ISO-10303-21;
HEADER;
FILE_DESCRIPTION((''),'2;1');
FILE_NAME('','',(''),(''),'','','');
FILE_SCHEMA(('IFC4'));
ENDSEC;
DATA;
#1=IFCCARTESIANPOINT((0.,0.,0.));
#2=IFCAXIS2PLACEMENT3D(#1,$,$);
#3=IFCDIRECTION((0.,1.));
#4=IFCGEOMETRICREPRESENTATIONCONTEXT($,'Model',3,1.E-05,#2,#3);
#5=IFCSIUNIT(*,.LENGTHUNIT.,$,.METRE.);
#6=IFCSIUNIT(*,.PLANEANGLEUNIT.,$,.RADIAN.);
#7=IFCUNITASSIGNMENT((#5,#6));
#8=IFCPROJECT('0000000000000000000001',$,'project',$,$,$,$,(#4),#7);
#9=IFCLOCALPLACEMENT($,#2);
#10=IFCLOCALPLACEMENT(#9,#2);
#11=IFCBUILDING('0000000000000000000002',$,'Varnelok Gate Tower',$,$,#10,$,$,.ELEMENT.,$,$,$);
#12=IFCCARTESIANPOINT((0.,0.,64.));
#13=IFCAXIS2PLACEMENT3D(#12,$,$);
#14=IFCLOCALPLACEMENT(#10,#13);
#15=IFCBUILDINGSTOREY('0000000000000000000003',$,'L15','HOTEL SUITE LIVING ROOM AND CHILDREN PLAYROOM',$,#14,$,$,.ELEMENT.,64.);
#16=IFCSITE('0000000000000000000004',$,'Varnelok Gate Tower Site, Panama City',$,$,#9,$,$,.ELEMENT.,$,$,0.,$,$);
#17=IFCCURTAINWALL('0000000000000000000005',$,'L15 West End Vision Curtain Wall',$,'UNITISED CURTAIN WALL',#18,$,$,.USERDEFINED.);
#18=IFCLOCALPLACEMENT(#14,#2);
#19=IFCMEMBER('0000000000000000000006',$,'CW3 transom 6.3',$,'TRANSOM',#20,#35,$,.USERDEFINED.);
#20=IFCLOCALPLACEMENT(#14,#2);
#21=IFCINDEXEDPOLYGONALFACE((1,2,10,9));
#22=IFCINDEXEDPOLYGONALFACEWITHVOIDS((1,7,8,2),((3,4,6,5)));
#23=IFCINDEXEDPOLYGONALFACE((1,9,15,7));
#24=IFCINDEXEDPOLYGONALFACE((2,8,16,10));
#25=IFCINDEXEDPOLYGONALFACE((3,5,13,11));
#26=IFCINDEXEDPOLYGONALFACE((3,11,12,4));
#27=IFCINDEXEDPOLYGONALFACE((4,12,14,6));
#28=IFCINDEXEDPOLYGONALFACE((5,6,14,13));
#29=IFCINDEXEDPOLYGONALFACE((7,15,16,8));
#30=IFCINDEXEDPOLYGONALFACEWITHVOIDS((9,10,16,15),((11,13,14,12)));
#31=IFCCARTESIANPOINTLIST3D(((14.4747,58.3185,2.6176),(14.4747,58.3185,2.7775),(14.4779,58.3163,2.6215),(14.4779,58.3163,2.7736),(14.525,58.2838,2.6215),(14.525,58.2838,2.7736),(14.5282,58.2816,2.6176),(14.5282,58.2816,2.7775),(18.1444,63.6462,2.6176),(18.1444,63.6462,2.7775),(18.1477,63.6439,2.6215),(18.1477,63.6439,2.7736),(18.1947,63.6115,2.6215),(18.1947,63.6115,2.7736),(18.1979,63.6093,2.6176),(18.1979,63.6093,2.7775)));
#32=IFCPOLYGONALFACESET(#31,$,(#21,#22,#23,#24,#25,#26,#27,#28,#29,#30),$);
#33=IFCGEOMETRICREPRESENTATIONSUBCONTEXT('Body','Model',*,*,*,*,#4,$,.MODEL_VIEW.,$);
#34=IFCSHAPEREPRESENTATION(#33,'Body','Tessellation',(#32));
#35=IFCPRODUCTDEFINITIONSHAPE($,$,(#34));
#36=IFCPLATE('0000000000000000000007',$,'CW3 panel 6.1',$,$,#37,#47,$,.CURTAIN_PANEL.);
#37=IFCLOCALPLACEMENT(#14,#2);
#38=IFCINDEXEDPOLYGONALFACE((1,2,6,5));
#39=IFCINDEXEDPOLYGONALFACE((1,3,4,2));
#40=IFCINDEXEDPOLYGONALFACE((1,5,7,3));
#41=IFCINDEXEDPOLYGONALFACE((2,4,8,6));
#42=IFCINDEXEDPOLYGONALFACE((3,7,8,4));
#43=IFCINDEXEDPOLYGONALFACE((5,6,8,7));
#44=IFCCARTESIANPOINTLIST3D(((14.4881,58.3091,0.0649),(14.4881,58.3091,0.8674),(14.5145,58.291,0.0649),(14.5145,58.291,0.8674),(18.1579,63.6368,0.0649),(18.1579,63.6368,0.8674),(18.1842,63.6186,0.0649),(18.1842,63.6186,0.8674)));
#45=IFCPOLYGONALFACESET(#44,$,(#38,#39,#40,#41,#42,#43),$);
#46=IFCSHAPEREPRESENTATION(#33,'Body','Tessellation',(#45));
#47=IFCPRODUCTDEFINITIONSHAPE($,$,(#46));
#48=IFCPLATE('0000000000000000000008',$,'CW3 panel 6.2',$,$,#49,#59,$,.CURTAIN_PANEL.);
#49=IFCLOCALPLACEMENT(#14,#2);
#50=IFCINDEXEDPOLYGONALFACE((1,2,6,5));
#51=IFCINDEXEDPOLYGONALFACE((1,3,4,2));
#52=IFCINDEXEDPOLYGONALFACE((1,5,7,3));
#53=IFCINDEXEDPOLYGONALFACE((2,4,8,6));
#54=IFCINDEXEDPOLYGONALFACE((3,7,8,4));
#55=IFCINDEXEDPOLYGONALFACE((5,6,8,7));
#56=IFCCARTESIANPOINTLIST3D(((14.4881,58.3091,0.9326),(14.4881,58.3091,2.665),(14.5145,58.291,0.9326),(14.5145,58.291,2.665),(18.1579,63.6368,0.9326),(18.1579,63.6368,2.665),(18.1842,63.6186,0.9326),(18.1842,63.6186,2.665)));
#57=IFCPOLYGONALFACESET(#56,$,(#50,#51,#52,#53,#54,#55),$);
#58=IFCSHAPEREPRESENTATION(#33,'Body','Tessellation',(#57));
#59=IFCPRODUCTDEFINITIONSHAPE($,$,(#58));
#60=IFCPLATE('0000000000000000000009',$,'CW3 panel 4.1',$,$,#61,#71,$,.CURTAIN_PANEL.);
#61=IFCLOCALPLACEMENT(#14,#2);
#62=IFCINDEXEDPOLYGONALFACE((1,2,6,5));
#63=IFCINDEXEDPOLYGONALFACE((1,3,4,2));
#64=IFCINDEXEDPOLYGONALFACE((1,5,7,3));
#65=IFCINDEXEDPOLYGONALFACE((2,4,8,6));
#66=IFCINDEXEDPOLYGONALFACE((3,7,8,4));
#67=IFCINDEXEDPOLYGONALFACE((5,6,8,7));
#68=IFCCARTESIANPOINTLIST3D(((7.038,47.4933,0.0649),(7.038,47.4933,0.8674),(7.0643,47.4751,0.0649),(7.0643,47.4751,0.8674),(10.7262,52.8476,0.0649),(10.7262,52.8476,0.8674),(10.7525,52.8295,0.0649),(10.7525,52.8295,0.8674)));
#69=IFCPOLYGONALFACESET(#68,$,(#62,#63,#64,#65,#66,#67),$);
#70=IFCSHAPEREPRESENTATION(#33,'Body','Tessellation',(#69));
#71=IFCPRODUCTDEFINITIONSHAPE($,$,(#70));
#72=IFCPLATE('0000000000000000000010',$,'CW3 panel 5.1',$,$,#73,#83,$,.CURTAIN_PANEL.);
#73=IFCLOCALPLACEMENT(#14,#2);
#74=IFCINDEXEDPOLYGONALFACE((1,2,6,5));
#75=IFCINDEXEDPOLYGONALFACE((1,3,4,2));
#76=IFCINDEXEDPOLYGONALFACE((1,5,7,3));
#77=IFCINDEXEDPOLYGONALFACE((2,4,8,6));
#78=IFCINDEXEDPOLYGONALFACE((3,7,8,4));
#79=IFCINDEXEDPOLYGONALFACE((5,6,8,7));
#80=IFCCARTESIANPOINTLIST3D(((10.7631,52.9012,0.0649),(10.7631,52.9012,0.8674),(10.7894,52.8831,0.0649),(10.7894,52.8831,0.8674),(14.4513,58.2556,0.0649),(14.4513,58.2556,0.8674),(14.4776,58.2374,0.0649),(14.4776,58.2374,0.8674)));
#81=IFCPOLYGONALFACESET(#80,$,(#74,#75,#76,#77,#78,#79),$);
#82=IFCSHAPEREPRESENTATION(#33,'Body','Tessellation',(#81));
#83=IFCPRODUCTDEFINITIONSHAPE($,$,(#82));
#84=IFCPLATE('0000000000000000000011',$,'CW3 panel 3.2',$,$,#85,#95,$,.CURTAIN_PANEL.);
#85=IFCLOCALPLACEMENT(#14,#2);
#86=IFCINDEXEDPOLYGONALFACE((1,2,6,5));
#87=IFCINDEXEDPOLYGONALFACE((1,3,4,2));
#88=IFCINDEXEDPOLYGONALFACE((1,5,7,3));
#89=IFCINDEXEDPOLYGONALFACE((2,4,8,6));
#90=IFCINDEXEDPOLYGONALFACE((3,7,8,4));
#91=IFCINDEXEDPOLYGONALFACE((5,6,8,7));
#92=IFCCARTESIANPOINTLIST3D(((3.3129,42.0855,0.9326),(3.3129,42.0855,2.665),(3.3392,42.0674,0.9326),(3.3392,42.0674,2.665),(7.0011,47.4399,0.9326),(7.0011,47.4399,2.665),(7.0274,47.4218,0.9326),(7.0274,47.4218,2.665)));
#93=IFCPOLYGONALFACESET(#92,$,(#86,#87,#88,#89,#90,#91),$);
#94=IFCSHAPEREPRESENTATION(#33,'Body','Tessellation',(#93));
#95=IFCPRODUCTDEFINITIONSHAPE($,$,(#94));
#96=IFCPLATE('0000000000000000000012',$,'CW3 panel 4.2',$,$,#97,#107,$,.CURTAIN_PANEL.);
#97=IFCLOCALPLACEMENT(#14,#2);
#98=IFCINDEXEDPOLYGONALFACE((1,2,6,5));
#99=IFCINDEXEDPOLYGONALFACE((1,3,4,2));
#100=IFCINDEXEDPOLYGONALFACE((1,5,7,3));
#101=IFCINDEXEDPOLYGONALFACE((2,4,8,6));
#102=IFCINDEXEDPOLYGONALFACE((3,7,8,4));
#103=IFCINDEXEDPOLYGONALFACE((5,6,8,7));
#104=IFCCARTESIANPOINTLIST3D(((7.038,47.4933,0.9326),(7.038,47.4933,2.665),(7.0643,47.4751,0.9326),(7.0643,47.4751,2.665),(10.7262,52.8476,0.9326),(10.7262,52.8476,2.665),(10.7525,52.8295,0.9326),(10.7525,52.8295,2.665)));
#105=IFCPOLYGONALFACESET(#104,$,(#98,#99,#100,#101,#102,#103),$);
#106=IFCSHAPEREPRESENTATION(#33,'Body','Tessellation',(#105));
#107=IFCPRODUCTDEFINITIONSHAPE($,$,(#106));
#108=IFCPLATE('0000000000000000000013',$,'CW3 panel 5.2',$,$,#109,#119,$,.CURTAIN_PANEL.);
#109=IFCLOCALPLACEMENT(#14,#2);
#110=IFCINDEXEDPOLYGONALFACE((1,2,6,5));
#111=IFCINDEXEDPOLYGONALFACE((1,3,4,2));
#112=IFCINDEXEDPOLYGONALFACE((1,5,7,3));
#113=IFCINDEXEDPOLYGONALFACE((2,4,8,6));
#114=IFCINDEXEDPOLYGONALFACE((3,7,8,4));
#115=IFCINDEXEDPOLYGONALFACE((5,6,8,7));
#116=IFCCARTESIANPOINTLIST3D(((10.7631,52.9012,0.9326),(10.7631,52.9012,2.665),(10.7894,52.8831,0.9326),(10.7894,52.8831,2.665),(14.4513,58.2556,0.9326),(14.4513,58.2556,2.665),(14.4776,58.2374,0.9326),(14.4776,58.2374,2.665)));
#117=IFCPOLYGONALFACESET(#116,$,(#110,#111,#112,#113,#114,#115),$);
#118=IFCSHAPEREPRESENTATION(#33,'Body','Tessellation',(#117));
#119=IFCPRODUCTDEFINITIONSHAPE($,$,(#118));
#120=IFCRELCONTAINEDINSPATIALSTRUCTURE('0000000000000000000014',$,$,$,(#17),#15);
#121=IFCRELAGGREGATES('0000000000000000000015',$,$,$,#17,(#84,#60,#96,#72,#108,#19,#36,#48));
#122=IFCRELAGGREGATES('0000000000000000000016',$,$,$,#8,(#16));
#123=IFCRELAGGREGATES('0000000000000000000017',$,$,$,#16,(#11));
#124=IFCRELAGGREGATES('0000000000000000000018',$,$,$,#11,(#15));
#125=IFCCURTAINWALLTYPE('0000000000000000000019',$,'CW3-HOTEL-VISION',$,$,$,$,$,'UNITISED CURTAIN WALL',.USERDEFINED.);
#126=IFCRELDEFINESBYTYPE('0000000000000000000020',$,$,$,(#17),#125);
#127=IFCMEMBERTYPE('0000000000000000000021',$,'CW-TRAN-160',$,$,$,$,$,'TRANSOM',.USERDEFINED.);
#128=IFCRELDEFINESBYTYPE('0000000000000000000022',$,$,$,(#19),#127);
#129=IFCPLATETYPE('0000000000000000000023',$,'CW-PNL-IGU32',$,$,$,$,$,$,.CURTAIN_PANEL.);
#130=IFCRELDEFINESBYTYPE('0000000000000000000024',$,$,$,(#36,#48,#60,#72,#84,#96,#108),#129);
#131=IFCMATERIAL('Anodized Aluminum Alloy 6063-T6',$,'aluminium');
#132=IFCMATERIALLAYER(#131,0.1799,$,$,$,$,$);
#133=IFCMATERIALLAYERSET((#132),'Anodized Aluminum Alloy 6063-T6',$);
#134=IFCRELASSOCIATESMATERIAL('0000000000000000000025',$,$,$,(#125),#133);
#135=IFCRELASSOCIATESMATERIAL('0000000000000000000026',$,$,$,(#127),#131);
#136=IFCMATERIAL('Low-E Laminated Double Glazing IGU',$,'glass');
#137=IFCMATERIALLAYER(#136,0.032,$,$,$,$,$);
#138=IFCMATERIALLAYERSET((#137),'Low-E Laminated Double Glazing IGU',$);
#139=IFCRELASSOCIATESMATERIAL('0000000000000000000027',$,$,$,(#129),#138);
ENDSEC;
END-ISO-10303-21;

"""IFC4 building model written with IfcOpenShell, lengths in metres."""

from ifc_helpers import new_model, si_unit, direction, frame, origin, origin_2d, place, context, subcontext, project, spatial, rectangle, hollow_rectangle, extrude, source, transform, mapped, material, layer, layer_set, material_profile, profile_set, type_object, element, aggregate, save


model = new_model("IFC4")

# Units and contexts
model_context = context("Model", 3, precision=1e-05, world=origin(), true_north=direction((0.0, 1.0)))
body_context = subcontext(model_context, "Body", "Model", "MODEL_VIEW")
ifc_project = project(units=[si_unit("LENGTHUNIT", "METRE"), si_unit("PLANEANGLEUNIT", "RADIAN")], contexts=[model_context])

# Site, building, storey
site_placement = place(None, origin())
site = spatial("IfcSite", under=ifc_project, at=site_placement, Name="Varnelok Gate Tower Site, Panama City", CompositionType="ELEMENT", RefElevation=0.0)
building_placement = place(site_placement, origin())
building = spatial("IfcBuilding", under=site, at=building_placement, Name="Varnelok Gate Tower", CompositionType="ELEMENT")
storey_placement = place(building_placement, frame((0.0, 0.0, 64.0)))
storey = spatial("IfcBuildingStorey", under=building, at=storey_placement, Name="L15", Description="HOTEL SUITE LIVING ROOM AND CHILDREN PLAYROOM", CompositionType="ELEMENT", Elevation=64.0)

# Curtain wall, member, plates
ifc_material_1 = material(Name="Anodized Aluminum Alloy 6063-T6", Category="aluminium")
ifc_layer_1 = layer(ifc_material_1, 0.1799)
ifc_layer_set_1 = layer_set([ifc_layer_1], Name="Anodized Aluminum Alloy 6063-T6")
curtain_wall_type = type_object("IfcCurtainWallType", Name="CW3-HOTEL-VISION", ElementType="UNITISED CURTAIN WALL", PredefinedType="USERDEFINED", material=ifc_layer_set_1)
curtain_wall_placement = place(storey_placement, origin())
curtain_wall = element("IfcCurtainWall", 1, at=curtain_wall_placement, inside=storey, type_object=curtain_wall_type, Name="L15 West End Vision Curtain Wall", ObjectType="UNITISED CURTAIN WALL", PredefinedType="USERDEFINED")
ifc_material_profile_1 = material_profile(ifc_material_1, hollow_rectangle(XDim=0.0649, YDim=0.1599, WallThickness=0.0039, at=origin_2d()), Name="ALU160X65X4")
ifc_profile_set_1 = profile_set([ifc_material_profile_1], Name="Anodized Aluminum Alloy 6063-T6")
member_type_1 = type_object("IfcMemberType", Name="CW-TRAN-160", ElementType="TRANSOM", PredefinedType="USERDEFINED", material=ifc_profile_set_1)
member_1_placement = place(storey_placement, frame((14.5015, 58.3, 2.6975), z_axis=(0.567256, 0.823542, 0.0), x_axis=(-0.823542, 0.567256, 0.0)))
member_1 = element("IfcMember", 2, at=member_1_placement, type_object=member_type_1, Name="CW3 transom 6.3", ObjectType="TRANSOM", PredefinedType="USERDEFINED", context=body_context, shape_type="SweptSolid", body=[
    extrude(hollow_rectangle(XDim=0.0649, YDim=0.1599, WallThickness=0.0039, at=origin_2d()), origin(), (0.0, 0.0, 1.0), 6.4692),
])
ifc_material_2 = material(Name="Low-E Laminated Double Glazing IGU", Category="glass")
ifc_layer_2 = layer(ifc_material_2, 0.032)
ifc_layer_set_2 = layer_set([ifc_layer_2], Name="Low-E Laminated Double Glazing IGU")
plate_type = type_object("IfcPlateType", Name="CW-PNL-IGU32", PredefinedType="CURTAIN_PANEL", material=ifc_layer_set_2)
shared_shape_1 = source(origin(), body_context, "Body", "SweptSolid", [
    extrude(rectangle(XDim=6.4692, YDim=0.032, at=origin_2d()), origin(), (0.0, 0.0, 1.0), 0.8025),
])
plate_1_placement = place(storey_placement, frame((16.3362, 60.9639, 0.0649), z_axis=(0.0, 0.0, 1.0), x_axis=(0.567269, 0.823533, 0.0)))
plate_1 = element("IfcPlate", 3, at=plate_1_placement, type_object=plate_type, Name="CW3 panel 6.1", PredefinedType="CURTAIN_PANEL", context=body_context, shape_type="MappedRepresentation", body=[
    mapped(shared_shape_1, transform((0.0, 0.0, 0.0), scale=1.0)),
])
shared_shape_2 = source(origin(), body_context, "Body", "SweptSolid", [
    extrude(rectangle(XDim=6.4692, YDim=0.032, at=origin_2d()), origin(), (0.0, 0.0, 1.0), 1.7324),
])
plate_2_placement = place(storey_placement, frame((16.3362, 60.9639, 0.9326), z_axis=(0.0, 0.0, 1.0), x_axis=(0.567269, 0.823533, 0.0)))
plate_2 = element("IfcPlate", 4, at=plate_2_placement, type_object=plate_type, Name="CW3 panel 6.2", PredefinedType="CURTAIN_PANEL", context=body_context, shape_type="MappedRepresentation", body=[
    mapped(shared_shape_2, transform((0.0, 0.0, 0.0), scale=1.0)),
])
shared_shape_3 = source(origin(), body_context, "Body", "SweptSolid", [
    extrude(rectangle(XDim=6.5017, YDim=0.032, at=origin_2d()), origin(), (0.0, 0.0, 1.0), 0.8025),
])
plate_3_placement = place(storey_placement, frame((8.8953, 50.1614, 0.0649), z_axis=(0.0, 0.0, 1.0), x_axis=(0.567269, 0.823533, 0.0)))
plate_3 = element("IfcPlate", 5, at=plate_3_placement, type_object=plate_type, Name="CW3 panel 4.1", PredefinedType="CURTAIN_PANEL", context=body_context, shape_type="MappedRepresentation", body=[
    mapped(shared_shape_3, transform((0.0, 0.0, 0.0), scale=1.0)),
])
plate_4_placement = place(storey_placement, frame((12.6204, 55.5693, 0.0649), z_axis=(0.0, 0.0, 1.0), x_axis=(0.567269, 0.823533, 0.0)))
plate_4 = element("IfcPlate", 6, at=plate_4_placement, type_object=plate_type, Name="CW3 panel 5.1", PredefinedType="CURTAIN_PANEL", context=body_context, shape_type="MappedRepresentation", body=[
    mapped(shared_shape_3, transform((0.0, 0.0, 0.0), scale=1.0)),
])
shared_shape_4 = source(origin(), body_context, "Body", "SweptSolid", [
    extrude(rectangle(XDim=6.5017, YDim=0.032, at=origin_2d()), origin(), (0.0, 0.0, 1.0), 1.7324),
])
plate_5_placement = place(storey_placement, frame((5.1702, 44.7537, 0.9326), z_axis=(0.0, 0.0, 1.0), x_axis=(0.567269, 0.823533, 0.0)))
plate_5 = element("IfcPlate", 7, at=plate_5_placement, type_object=plate_type, Name="CW3 panel 3.2", PredefinedType="CURTAIN_PANEL", context=body_context, shape_type="MappedRepresentation", body=[
    mapped(shared_shape_4, transform((0.0, 0.0, 0.0), scale=1.0)),
])
plate_6_placement = place(storey_placement, frame((8.8953, 50.1614, 0.9326), z_axis=(0.0, 0.0, 1.0), x_axis=(0.567269, 0.823533, 0.0)))
plate_6 = element("IfcPlate", 8, at=plate_6_placement, type_object=plate_type, Name="CW3 panel 4.2", PredefinedType="CURTAIN_PANEL", context=body_context, shape_type="MappedRepresentation", body=[
    mapped(shared_shape_4, transform((0.0, 0.0, 0.0), scale=1.0)),
])
plate_7_placement = place(storey_placement, frame((12.6204, 55.5693, 0.9326), z_axis=(0.0, 0.0, 1.0), x_axis=(0.567269, 0.823533, 0.0)))
plate_7 = element("IfcPlate", 9, at=plate_7_placement, type_object=plate_type, Name="CW3 panel 5.2", PredefinedType="CURTAIN_PANEL", context=body_context, shape_type="MappedRepresentation", body=[
    mapped(shared_shape_4, transform((0.0, 0.0, 0.0), scale=1.0)),
])
aggregate(curtain_wall, [plate_5, plate_3, plate_6, plate_4, plate_7, member_1, plate_1, plate_2])

save(model, "model.ifc")
